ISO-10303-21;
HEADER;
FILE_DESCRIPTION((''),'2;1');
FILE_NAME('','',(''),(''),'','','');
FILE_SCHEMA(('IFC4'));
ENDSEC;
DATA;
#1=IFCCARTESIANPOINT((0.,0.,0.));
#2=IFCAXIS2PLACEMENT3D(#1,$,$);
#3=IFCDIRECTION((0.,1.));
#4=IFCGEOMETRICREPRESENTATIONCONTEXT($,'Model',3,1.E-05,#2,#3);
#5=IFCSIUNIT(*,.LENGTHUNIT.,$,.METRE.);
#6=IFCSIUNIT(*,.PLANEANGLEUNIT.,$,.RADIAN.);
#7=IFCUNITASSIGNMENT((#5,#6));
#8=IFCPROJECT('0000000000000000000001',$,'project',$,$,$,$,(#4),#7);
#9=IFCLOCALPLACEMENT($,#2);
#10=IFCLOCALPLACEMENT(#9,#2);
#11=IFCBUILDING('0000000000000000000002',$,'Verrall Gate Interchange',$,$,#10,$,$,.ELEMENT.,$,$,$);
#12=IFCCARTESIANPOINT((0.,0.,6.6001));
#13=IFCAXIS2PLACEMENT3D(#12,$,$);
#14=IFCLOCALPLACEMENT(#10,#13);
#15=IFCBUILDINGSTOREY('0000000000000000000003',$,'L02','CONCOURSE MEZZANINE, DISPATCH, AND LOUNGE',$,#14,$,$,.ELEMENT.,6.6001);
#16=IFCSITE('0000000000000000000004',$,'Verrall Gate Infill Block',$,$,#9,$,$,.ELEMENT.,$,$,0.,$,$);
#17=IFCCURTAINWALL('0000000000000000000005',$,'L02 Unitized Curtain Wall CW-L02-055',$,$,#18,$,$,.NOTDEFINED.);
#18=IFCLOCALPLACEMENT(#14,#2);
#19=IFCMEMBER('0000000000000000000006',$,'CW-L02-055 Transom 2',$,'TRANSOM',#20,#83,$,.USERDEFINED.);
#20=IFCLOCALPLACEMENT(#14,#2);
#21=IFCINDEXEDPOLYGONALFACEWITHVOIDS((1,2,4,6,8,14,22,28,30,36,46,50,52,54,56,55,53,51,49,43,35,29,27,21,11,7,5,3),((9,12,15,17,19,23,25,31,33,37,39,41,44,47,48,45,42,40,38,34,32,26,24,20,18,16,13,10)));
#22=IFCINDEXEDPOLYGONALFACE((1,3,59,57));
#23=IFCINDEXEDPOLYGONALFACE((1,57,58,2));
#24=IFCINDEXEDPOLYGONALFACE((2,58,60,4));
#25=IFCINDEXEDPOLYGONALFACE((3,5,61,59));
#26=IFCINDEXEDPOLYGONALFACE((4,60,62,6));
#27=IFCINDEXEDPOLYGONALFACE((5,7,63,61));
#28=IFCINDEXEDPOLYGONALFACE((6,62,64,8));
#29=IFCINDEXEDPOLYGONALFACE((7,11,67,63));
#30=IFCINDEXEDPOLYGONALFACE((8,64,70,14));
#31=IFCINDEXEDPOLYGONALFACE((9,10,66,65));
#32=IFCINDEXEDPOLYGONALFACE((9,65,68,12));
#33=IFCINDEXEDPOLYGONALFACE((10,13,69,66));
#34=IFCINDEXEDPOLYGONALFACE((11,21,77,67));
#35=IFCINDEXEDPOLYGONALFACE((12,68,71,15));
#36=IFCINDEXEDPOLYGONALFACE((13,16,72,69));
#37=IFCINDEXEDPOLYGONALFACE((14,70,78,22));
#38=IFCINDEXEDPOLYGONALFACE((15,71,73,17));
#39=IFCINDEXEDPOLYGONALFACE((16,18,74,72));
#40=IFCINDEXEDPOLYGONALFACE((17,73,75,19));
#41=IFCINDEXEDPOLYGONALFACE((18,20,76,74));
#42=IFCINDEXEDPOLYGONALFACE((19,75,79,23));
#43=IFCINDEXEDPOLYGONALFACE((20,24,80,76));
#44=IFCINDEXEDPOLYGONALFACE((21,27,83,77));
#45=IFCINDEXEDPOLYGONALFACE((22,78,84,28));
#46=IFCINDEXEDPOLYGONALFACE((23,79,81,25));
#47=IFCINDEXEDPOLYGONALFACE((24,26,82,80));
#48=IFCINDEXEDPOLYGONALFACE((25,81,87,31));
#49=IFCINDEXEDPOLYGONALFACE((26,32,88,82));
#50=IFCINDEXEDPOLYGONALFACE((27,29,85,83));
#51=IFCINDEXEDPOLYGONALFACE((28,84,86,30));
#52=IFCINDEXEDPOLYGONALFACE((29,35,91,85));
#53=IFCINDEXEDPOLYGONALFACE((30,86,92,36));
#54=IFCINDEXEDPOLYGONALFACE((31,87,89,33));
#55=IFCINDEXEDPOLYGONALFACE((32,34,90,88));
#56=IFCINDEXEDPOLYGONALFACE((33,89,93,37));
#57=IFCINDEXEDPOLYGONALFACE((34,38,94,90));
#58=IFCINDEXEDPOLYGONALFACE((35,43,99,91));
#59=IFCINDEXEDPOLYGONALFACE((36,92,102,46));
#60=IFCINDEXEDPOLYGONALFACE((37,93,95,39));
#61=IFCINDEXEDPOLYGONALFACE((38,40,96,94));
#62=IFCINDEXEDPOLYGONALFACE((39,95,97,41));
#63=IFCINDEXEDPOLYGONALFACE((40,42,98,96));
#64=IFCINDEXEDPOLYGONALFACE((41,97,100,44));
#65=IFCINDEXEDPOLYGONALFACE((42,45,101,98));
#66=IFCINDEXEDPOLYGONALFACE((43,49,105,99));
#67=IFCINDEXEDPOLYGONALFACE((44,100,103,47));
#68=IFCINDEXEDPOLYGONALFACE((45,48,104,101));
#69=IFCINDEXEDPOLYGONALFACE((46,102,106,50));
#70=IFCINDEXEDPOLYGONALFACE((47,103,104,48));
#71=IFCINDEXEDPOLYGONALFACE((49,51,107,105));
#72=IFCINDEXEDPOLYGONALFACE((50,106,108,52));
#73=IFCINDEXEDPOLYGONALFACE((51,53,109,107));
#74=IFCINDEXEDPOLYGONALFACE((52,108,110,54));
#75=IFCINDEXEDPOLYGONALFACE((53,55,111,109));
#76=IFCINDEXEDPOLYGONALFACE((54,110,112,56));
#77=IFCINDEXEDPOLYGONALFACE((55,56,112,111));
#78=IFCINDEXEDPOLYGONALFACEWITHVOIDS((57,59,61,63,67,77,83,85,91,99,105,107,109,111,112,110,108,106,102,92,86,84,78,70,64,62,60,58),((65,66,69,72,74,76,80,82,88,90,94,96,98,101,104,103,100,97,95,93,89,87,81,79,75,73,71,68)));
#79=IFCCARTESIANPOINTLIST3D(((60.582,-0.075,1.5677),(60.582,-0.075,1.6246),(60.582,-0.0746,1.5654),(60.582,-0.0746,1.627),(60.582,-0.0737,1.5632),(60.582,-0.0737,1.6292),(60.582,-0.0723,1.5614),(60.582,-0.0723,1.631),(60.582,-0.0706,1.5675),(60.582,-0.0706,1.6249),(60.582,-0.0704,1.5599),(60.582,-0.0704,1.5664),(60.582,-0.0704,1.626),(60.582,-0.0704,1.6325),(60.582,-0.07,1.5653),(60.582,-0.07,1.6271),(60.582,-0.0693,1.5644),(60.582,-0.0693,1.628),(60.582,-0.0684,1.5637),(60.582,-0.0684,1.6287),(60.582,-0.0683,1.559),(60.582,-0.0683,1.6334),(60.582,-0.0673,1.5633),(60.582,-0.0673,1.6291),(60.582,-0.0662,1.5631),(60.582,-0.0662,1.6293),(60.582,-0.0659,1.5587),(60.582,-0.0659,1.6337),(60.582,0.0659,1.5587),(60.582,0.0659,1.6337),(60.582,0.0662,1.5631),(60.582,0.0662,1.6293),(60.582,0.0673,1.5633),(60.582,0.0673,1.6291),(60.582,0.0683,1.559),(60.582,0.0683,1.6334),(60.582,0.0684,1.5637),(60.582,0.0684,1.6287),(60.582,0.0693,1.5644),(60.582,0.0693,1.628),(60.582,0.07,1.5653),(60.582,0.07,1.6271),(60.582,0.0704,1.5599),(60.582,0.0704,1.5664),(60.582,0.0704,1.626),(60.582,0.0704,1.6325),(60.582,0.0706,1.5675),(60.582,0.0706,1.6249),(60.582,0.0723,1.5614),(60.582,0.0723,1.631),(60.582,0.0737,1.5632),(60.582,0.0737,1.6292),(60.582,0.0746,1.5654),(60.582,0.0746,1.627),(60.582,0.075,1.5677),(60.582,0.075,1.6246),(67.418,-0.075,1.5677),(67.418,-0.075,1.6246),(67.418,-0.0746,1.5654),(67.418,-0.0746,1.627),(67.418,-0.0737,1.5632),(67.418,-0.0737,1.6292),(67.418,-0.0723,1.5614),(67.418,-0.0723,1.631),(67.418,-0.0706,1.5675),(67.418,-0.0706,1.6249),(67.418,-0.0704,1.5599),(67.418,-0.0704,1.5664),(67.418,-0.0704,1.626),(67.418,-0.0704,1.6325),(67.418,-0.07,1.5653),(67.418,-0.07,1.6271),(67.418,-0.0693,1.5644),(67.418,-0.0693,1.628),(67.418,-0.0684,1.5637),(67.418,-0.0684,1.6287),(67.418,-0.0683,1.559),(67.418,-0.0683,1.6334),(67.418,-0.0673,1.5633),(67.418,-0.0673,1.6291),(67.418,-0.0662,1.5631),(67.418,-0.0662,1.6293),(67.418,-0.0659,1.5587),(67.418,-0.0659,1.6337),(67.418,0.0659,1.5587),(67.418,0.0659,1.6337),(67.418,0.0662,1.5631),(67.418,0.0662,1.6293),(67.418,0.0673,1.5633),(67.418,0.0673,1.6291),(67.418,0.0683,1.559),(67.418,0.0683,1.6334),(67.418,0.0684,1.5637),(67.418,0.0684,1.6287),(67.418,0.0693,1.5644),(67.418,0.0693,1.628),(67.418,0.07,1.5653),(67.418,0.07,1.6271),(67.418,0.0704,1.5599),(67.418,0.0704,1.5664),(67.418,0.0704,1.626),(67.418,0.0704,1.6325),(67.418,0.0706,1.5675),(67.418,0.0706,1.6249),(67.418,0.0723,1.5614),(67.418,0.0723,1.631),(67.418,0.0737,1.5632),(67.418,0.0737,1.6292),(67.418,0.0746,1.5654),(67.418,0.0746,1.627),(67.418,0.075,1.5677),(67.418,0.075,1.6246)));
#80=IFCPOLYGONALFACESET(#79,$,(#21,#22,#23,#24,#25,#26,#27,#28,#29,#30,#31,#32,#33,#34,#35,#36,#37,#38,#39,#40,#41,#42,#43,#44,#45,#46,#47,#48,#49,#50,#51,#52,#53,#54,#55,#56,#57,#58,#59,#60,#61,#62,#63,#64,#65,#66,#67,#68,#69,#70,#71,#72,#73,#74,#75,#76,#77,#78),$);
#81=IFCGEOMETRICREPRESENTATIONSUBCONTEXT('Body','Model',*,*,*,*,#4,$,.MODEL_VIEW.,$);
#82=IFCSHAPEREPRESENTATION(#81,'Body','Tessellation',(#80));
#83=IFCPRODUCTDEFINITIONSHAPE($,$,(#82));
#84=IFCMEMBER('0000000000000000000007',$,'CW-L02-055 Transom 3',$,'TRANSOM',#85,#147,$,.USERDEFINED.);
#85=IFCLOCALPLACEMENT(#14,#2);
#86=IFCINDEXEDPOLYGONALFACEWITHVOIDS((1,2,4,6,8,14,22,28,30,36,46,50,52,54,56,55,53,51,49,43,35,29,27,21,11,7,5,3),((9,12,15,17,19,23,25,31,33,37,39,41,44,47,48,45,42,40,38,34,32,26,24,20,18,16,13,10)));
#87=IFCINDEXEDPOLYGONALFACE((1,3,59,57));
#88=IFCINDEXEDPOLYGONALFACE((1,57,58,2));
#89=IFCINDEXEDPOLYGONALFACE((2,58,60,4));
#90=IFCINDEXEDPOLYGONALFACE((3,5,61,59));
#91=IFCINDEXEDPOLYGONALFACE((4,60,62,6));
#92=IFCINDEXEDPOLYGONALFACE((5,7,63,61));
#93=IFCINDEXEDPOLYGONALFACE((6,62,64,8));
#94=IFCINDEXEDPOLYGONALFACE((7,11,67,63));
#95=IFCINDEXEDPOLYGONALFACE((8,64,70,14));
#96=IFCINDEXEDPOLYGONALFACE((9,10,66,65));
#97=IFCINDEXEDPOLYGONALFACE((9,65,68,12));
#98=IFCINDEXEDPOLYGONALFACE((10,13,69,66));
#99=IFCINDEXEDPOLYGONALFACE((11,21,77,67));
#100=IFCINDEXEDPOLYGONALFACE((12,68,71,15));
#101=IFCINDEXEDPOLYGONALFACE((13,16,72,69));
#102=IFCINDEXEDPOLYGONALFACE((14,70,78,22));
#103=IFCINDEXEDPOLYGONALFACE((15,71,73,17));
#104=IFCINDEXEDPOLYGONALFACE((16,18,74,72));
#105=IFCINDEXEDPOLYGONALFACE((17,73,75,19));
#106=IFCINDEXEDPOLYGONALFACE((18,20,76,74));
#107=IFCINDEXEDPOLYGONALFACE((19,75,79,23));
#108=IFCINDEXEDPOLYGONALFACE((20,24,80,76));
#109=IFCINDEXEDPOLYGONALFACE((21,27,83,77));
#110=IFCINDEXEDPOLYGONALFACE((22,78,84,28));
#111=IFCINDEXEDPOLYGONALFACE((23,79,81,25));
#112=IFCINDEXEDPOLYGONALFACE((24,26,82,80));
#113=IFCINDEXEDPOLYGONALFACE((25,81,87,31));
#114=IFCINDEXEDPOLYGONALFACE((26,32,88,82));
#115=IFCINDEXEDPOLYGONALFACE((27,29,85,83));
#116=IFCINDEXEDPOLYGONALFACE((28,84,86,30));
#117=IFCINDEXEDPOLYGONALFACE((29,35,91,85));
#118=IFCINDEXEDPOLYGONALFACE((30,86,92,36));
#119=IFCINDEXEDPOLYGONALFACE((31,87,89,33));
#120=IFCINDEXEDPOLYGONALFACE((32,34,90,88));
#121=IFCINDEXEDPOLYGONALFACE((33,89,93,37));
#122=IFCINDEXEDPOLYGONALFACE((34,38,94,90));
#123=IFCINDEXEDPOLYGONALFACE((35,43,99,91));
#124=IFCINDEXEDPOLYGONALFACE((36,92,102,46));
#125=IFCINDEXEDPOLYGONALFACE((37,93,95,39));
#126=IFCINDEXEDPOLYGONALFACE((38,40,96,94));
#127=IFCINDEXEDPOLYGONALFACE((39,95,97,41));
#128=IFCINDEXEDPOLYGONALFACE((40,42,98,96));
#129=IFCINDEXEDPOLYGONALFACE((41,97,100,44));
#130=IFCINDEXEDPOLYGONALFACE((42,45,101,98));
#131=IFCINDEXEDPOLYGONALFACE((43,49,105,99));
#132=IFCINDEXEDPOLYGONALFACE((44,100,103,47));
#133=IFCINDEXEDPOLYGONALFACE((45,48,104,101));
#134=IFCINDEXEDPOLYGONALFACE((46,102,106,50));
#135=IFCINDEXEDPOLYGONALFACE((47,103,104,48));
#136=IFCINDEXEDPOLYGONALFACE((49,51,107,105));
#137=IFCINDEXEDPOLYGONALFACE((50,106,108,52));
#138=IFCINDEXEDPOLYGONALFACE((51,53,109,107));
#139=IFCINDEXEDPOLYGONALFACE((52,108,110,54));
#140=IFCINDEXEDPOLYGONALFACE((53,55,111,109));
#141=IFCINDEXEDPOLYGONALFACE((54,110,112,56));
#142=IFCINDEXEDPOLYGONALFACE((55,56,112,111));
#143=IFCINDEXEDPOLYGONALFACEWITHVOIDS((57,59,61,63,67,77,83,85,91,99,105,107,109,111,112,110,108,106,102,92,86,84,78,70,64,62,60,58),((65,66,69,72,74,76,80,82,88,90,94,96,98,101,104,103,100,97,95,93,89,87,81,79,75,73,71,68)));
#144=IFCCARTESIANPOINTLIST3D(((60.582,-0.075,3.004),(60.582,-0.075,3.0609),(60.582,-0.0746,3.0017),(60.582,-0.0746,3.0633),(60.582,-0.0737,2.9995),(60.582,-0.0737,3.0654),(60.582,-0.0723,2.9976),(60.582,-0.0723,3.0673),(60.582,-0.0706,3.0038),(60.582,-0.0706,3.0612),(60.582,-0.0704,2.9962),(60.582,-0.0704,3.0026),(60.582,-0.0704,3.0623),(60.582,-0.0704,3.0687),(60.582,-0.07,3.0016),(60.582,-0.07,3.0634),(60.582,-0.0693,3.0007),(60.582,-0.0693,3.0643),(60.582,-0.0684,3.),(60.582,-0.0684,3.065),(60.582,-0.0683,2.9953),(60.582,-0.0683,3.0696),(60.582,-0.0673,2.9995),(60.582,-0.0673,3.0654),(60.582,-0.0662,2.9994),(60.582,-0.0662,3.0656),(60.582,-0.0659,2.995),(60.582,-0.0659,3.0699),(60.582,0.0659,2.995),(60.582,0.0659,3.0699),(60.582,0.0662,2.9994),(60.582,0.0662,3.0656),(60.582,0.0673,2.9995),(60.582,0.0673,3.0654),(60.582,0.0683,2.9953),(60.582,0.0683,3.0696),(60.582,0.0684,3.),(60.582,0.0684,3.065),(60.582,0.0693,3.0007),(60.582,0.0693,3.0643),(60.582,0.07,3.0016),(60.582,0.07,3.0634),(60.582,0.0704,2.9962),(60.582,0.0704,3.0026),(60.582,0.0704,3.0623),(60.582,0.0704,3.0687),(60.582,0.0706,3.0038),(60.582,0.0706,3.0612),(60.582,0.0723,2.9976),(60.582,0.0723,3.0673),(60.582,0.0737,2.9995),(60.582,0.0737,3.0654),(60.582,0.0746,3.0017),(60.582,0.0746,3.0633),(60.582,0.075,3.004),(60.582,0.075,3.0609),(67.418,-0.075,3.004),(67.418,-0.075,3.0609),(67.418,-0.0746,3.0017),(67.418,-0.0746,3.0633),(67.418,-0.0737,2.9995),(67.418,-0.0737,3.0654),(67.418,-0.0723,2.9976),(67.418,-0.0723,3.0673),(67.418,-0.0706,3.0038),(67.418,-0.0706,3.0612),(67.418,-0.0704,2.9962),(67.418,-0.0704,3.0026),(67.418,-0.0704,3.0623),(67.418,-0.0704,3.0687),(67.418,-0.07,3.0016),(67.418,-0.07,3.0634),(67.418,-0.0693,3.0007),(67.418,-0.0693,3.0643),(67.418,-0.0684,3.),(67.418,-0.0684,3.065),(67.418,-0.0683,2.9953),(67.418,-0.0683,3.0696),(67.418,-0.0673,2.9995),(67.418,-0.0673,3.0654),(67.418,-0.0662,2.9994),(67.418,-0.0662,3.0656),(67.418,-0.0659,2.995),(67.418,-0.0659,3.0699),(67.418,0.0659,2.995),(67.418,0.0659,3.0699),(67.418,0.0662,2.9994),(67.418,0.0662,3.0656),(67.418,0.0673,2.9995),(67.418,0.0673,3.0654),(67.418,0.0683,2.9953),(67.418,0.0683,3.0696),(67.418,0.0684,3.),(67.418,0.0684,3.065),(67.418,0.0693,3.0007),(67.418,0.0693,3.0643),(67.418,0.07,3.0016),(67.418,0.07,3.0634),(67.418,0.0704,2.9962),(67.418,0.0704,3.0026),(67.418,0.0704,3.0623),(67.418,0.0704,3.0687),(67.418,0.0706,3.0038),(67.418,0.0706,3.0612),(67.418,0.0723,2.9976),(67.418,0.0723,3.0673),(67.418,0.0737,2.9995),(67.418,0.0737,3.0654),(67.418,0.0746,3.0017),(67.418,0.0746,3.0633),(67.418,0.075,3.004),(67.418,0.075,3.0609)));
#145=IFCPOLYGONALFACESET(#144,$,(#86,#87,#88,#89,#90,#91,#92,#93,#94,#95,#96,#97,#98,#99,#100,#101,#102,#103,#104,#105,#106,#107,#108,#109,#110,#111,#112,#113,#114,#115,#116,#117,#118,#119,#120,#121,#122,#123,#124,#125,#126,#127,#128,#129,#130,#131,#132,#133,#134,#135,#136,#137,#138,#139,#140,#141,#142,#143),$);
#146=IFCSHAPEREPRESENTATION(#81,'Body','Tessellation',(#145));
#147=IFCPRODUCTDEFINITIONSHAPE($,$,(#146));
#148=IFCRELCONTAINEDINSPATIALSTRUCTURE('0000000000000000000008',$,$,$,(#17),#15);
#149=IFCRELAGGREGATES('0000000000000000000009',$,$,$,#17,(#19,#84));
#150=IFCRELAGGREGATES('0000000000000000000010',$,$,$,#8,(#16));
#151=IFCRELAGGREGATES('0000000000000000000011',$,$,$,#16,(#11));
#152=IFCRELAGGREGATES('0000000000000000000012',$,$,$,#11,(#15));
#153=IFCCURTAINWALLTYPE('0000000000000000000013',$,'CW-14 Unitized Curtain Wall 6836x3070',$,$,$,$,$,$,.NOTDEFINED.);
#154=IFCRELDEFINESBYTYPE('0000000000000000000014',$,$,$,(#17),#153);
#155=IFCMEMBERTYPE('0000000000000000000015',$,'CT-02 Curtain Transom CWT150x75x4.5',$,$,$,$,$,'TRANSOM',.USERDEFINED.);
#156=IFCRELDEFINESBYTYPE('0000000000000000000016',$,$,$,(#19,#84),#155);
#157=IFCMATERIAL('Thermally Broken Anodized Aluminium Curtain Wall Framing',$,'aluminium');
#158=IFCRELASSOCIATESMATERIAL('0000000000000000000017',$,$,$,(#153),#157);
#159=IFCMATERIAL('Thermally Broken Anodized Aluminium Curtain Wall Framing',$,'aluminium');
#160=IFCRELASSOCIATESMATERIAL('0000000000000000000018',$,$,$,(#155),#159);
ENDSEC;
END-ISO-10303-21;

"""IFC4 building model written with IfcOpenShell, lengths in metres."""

from ifc_helpers import new_model, si_unit, direction, frame, origin, origin_2d, place, context, subcontext, project, spatial, hollow_rectangle, extrude, material, material_profile, profile_set, type_object, element, aggregate, save


model = new_model("IFC4")

# Units and contexts
model_context = context("Model", 3, precision=1e-05, world=origin(), true_north=direction((0.0, 1.0)))
body_context = subcontext(model_context, "Body", "Model", "MODEL_VIEW")
ifc_project = project(units=[si_unit("LENGTHUNIT", "METRE"), si_unit("PLANEANGLEUNIT", "RADIAN")], contexts=[model_context])

# Site, building, storey
site_placement = place(None, origin())
site = spatial("IfcSite", under=ifc_project, at=site_placement, Name="Verrall Gate Infill Block", CompositionType="ELEMENT", RefElevation=0.0)
building_placement = place(site_placement, origin())
building = spatial("IfcBuilding", under=site, at=building_placement, Name="Verrall Gate Interchange", CompositionType="ELEMENT")
storey_placement = place(building_placement, frame((0.0, 0.0, 6.6001)))
storey = spatial("IfcBuildingStorey", under=building, at=storey_placement, Name="L02", Description="CONCOURSE MEZZANINE, DISPATCH, AND LOUNGE", CompositionType="ELEMENT", Elevation=6.6001)

# Curtain wall
ifc_material_1 = material(Name="Thermally Broken Anodized Aluminium Curtain Wall Framing", Category="aluminium")
curtain_wall_type = type_object("IfcCurtainWallType", Name="CW-14 Unitized Curtain Wall 6836x3070", PredefinedType="NOTDEFINED", material=ifc_material_1)
curtain_wall_1_placement = place(storey_placement, origin())
curtain_wall_1 = element("IfcCurtainWall", 1, at=curtain_wall_1_placement, inside=storey, type_object=curtain_wall_type, Name="L02 Unitized Curtain Wall CW-L02-055", PredefinedType="NOTDEFINED")

# Members
ifc_material_2 = material(Name="Thermally Broken Anodized Aluminium Curtain Wall Framing", Category="aluminium")
ifc_material_profile_1 = material_profile(ifc_material_2, hollow_rectangle(XDim=0.1499, YDim=0.075, WallThickness=0.0044, InnerFilletRadius=0.0044, OuterFilletRadius=0.009, at=origin_2d()), Name="CWT150x75x4.5")
ifc_profile_set_1 = profile_set([ifc_material_profile_1], Name="Thermally Broken Anodized Aluminium Curtain Wall Framing")
member_type_1 = type_object("IfcMemberType", Name="CT-02 Curtain Transom CWT150x75x4.5", ElementType="TRANSOM", PredefinedType="USERDEFINED", material=ifc_profile_set_1)
member_1_placement = place(storey_placement, frame((60.582, 0.0, 1.5962), z_axis=(1.0, 0.0, 0.0), x_axis=(0.0, 1.0, 0.0)))
member_1 = element("IfcMember", 2, at=member_1_placement, type_object=member_type_1, Name="CW-L02-055 Transom 2", ObjectType="TRANSOM", PredefinedType="USERDEFINED", context=body_context, shape_type="SweptSolid", body=[
    extrude(hollow_rectangle(XDim=0.1499, YDim=0.075, WallThickness=0.0044, InnerFilletRadius=0.0044, OuterFilletRadius=0.009, at=origin_2d()), origin(), (0.0, 0.0, 1.0), 6.8359),
])
member_2_placement = place(storey_placement, frame((60.582, 0.0, 3.0325), z_axis=(1.0, 0.0, 0.0), x_axis=(0.0, 1.0, 0.0)))
member_2 = element("IfcMember", 3, at=member_2_placement, type_object=member_type_1, Name="CW-L02-055 Transom 3", ObjectType="TRANSOM", PredefinedType="USERDEFINED", context=body_context, shape_type="SweptSolid", body=[
    extrude(hollow_rectangle(XDim=0.1499, YDim=0.075, WallThickness=0.0044, InnerFilletRadius=0.0044, OuterFilletRadius=0.009, at=origin_2d()), origin(), (0.0, 0.0, 1.0), 6.8359),
])

aggregate(curtain_wall_1, [member_1, member_2])

save(model, "model.ifc")
